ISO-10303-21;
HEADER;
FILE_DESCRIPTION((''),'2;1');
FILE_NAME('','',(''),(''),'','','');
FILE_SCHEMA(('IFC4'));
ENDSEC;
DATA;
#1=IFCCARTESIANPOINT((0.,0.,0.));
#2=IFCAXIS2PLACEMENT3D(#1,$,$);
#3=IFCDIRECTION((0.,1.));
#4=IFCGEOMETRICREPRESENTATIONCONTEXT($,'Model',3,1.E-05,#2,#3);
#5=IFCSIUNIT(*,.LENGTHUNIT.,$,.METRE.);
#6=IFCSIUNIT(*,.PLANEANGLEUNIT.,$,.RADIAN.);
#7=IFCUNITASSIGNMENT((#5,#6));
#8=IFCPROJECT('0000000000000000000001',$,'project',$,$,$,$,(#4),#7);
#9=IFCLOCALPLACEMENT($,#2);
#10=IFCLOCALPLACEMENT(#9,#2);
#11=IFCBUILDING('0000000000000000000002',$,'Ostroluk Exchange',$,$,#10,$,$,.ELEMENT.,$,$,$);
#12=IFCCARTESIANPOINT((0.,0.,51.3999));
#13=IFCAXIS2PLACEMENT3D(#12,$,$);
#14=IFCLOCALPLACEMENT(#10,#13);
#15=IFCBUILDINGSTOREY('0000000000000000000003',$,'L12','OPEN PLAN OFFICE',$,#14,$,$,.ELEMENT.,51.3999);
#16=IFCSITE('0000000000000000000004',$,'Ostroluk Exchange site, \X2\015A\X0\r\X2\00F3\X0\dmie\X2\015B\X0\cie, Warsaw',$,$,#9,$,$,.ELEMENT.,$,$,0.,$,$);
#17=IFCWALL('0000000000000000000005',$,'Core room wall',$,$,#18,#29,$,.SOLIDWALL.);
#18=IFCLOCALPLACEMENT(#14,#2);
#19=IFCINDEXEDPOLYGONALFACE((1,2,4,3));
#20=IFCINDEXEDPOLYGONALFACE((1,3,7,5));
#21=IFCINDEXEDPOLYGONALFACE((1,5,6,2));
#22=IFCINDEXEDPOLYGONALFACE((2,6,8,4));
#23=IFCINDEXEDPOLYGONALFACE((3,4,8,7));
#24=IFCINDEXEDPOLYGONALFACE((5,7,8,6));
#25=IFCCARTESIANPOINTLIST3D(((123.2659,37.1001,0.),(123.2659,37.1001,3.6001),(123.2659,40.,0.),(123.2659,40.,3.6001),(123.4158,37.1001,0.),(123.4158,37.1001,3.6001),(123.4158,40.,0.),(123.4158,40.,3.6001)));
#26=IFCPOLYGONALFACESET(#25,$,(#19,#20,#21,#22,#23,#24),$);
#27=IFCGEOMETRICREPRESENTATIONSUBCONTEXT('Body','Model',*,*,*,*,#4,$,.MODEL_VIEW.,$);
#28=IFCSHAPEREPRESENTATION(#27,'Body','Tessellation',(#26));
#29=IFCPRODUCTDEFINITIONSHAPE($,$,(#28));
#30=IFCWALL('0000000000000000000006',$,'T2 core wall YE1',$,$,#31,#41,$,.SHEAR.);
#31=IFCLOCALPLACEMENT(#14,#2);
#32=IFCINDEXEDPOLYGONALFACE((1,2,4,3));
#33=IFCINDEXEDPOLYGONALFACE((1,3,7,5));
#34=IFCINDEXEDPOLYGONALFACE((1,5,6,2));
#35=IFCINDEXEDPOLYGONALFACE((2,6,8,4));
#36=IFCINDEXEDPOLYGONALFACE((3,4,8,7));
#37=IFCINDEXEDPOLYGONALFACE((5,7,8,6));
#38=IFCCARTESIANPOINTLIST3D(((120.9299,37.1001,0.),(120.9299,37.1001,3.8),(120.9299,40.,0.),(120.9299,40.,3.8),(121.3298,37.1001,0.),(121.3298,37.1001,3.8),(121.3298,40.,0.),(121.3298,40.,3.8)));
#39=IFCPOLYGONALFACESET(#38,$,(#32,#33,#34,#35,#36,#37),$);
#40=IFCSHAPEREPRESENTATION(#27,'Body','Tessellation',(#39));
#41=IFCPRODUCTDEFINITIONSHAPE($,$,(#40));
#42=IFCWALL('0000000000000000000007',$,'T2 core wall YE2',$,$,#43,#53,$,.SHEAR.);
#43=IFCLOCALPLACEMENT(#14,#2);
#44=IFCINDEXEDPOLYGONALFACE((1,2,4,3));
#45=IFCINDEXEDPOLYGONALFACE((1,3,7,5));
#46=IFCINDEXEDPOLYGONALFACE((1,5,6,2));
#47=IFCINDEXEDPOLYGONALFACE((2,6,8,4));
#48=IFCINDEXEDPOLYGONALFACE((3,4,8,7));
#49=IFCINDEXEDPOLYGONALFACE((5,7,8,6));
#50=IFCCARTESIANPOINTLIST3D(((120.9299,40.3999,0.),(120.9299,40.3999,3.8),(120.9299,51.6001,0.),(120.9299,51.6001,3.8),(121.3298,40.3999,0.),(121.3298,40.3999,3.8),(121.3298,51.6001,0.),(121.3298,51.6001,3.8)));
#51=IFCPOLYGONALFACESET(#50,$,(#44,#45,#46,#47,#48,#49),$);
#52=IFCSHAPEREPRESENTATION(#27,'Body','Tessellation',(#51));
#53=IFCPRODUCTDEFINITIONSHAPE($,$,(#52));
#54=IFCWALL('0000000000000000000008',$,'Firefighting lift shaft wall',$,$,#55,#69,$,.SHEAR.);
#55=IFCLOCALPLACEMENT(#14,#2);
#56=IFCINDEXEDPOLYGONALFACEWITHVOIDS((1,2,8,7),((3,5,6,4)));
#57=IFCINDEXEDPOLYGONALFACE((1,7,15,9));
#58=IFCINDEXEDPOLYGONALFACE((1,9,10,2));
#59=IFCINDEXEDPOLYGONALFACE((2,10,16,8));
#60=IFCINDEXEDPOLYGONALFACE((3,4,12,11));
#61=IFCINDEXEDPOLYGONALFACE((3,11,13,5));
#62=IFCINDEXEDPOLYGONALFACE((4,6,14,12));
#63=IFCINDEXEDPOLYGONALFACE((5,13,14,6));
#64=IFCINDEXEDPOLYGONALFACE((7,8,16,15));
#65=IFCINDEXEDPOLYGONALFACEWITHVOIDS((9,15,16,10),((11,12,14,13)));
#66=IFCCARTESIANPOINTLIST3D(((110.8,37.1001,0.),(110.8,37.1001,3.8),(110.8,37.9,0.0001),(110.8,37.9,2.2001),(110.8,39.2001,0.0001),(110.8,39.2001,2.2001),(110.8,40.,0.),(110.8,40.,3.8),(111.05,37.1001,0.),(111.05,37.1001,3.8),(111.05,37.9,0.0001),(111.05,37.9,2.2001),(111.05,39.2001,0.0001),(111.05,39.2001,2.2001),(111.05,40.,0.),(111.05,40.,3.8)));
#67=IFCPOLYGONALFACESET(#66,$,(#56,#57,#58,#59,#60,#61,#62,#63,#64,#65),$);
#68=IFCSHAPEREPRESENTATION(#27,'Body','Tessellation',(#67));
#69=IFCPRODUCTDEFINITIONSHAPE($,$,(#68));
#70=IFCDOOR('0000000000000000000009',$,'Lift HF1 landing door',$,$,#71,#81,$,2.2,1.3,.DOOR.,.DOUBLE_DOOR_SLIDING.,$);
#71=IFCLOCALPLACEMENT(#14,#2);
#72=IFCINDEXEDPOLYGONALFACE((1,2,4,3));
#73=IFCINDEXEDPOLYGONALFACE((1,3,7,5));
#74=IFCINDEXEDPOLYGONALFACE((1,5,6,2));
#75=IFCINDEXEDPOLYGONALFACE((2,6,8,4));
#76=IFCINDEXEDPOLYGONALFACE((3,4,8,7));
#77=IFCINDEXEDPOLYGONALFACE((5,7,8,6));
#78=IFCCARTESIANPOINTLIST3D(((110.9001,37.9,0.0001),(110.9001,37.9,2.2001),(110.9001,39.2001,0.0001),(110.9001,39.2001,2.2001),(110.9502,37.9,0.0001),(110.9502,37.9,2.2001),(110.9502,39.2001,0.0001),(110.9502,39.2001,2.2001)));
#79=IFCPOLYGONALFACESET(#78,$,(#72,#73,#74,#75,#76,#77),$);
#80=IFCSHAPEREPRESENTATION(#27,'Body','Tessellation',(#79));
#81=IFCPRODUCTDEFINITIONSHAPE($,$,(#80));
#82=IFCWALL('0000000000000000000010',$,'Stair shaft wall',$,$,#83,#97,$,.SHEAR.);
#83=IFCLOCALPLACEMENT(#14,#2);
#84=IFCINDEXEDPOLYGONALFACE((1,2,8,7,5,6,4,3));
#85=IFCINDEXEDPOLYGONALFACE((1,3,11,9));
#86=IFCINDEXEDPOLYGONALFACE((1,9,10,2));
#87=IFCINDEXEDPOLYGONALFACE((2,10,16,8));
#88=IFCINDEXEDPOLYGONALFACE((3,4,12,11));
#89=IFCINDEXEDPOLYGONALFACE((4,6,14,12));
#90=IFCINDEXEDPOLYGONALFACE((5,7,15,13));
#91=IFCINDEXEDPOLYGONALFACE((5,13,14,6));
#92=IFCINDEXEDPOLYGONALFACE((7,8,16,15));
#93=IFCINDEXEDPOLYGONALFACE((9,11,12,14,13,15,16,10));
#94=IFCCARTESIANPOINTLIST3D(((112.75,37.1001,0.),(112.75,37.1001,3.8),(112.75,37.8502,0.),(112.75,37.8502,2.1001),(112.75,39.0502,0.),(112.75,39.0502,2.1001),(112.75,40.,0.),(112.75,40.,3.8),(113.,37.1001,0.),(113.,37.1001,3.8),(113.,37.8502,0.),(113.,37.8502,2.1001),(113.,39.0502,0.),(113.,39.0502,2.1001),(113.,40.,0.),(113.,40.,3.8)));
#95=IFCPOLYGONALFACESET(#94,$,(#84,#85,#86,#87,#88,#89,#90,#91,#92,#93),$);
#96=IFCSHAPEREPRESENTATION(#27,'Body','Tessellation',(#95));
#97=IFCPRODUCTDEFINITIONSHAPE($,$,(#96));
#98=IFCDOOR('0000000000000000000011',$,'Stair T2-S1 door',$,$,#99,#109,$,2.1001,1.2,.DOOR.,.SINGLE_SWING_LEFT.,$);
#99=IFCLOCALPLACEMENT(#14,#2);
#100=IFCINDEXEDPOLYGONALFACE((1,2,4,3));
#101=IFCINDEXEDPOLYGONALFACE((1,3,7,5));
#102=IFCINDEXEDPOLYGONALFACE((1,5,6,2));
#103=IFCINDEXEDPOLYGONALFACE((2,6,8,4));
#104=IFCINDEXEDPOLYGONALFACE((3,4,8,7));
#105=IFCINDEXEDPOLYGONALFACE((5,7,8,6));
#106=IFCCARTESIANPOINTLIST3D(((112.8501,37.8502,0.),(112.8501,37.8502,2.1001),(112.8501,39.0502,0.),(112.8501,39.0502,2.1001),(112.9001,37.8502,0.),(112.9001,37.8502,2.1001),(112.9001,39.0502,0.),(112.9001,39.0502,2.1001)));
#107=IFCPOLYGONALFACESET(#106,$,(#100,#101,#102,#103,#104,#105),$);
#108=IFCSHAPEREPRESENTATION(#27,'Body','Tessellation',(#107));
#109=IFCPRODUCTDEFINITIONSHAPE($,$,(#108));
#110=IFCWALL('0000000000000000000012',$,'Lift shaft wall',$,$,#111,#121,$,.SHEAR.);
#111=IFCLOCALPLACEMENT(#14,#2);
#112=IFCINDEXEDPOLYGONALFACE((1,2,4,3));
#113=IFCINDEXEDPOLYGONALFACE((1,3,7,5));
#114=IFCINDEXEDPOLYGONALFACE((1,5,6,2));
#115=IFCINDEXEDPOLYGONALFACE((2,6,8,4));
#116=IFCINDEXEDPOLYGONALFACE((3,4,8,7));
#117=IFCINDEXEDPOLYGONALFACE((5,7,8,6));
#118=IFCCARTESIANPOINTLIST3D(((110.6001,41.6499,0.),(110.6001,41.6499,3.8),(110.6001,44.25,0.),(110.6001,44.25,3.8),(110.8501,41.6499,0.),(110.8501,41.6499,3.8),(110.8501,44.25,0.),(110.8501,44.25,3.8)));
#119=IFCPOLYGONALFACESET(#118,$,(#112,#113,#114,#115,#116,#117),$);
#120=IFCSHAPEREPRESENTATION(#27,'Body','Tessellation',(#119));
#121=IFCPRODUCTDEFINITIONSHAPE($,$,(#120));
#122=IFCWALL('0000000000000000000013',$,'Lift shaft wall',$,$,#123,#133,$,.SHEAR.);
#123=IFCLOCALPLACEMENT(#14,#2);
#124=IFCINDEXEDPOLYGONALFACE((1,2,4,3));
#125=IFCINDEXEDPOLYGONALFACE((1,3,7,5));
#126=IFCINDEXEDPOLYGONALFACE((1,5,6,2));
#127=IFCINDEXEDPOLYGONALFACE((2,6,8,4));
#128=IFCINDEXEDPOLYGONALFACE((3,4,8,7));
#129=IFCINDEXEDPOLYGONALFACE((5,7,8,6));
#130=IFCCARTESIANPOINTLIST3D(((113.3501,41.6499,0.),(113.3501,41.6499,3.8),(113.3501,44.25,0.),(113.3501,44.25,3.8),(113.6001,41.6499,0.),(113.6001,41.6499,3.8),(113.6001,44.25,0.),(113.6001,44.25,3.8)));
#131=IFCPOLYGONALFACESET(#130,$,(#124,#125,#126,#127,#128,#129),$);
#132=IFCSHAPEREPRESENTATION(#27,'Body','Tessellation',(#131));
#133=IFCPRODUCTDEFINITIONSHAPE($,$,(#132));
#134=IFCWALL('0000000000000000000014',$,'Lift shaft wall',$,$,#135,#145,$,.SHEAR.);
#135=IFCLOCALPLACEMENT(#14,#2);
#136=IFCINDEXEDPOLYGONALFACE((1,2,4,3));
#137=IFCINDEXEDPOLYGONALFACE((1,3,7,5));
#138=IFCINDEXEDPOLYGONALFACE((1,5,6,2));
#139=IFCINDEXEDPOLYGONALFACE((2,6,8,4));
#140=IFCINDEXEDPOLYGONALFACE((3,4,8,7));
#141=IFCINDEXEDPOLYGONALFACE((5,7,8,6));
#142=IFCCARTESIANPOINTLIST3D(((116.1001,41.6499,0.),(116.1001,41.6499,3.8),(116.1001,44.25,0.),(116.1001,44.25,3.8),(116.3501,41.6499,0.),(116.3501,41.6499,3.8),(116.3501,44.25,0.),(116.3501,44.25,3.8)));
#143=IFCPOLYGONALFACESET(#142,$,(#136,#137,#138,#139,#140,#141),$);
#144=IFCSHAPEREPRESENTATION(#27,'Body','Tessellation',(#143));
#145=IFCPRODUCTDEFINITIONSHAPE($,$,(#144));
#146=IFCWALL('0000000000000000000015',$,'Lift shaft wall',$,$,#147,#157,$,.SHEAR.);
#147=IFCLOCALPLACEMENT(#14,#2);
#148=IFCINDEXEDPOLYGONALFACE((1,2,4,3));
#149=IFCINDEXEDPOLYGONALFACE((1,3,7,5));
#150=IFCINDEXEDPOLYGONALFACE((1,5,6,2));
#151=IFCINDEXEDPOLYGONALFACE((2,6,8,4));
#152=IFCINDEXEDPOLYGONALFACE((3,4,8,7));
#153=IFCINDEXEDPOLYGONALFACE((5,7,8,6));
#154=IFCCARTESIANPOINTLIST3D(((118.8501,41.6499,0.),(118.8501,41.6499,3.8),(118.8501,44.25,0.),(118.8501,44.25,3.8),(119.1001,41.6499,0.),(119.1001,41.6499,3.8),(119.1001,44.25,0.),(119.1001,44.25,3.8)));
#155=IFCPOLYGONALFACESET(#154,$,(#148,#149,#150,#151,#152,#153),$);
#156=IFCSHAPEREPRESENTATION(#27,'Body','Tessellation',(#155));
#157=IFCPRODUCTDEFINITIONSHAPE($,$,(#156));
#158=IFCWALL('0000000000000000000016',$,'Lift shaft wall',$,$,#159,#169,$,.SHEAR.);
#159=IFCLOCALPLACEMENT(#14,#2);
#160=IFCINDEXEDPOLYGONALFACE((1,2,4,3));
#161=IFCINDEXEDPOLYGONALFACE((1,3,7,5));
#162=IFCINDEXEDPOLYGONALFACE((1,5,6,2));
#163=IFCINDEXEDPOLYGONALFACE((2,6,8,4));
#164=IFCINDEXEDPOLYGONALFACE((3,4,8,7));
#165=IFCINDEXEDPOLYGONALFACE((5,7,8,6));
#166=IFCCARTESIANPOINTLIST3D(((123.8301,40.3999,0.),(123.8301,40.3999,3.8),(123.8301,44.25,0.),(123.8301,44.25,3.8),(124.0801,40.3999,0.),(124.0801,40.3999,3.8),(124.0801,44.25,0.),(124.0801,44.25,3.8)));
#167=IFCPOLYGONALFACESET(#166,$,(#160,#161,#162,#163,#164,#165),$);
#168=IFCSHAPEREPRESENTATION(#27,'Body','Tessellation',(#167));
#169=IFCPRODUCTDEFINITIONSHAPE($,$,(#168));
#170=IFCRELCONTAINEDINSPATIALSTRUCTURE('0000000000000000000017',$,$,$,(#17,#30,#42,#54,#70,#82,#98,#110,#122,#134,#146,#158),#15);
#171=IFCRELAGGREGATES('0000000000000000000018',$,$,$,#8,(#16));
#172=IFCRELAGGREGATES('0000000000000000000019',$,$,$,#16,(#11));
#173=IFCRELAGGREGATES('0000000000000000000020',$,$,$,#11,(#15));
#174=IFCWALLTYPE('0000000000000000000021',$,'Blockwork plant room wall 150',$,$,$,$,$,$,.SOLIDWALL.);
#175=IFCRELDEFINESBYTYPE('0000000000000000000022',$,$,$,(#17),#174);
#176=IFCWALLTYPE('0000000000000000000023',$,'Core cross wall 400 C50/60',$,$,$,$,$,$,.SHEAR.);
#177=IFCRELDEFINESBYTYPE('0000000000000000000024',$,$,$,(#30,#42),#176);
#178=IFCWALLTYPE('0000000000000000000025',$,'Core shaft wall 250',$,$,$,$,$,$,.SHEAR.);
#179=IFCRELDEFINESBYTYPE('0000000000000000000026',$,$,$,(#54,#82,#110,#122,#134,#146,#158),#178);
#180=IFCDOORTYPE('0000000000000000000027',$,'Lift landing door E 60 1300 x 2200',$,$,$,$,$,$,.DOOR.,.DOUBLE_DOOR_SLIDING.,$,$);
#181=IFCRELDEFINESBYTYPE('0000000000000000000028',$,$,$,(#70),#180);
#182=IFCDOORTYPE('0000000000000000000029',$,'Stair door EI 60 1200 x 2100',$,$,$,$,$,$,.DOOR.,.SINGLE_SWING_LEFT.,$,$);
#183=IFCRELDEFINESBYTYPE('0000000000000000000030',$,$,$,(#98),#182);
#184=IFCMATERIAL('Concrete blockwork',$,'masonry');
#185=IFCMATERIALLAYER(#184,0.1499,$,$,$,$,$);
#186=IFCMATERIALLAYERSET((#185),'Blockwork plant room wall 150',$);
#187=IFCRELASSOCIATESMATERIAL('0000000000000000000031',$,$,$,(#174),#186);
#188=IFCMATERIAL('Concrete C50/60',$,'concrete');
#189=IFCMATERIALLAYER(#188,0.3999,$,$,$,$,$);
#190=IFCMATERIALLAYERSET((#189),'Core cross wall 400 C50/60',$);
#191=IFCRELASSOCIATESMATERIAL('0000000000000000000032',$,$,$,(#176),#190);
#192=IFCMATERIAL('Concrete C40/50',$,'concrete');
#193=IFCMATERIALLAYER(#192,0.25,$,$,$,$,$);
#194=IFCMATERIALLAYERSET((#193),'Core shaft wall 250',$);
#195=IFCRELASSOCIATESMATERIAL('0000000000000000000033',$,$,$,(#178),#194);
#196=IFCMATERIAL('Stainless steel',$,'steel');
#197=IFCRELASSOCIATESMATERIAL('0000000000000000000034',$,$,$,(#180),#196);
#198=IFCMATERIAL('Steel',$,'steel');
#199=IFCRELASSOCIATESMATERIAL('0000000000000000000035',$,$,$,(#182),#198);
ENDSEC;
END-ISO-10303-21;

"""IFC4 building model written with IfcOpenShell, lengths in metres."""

from ifc_helpers import new_model, si_unit, direction, frame, frame_2d, origin, place, context, subcontext, project, spatial, rectangle, extrude, material, layer, layer_set, type_object, element, fill, save


model = new_model("IFC4")

# Units and contexts
model_context = context("Model", 3, precision=1e-05, world=origin(), true_north=direction((0.0, 1.0)))
body_context = subcontext(model_context, "Body", "Model", "MODEL_VIEW")
ifc_project = project(units=[si_unit("LENGTHUNIT", "METRE"), si_unit("PLANEANGLEUNIT", "RADIAN")], contexts=[model_context])

# Site, building, storey
site_placement = place(None, origin())
site = spatial("IfcSite", under=ifc_project, at=site_placement, Name="Ostroluk Exchange site, Śródmieście, Warsaw", CompositionType="ELEMENT", RefElevation=0.0)
building_placement = place(site_placement, origin())
building = spatial("IfcBuilding", under=site, at=building_placement, Name="Ostroluk Exchange", CompositionType="ELEMENT")
storey_placement = place(building_placement, frame((0.0, 0.0, 51.3999)))
storey = spatial("IfcBuildingStorey", under=building, at=storey_placement, Name="L12", Description="OPEN PLAN OFFICE", CompositionType="ELEMENT", Elevation=51.3999)

# Walls
ifc_material_1 = material(Name="Concrete blockwork", Category="masonry")
ifc_layer_1 = layer(ifc_material_1, 0.1499)
ifc_layer_set_1 = layer_set([ifc_layer_1], Name="Blockwork plant room wall 150")
wall_type_1 = type_object("IfcWallType", Name="Blockwork plant room wall 150", PredefinedType="SOLIDWALL", material=ifc_layer_set_1)
wall_1_placement = place(storey_placement, frame((123.3408, 37.1001, 0.0), z_axis=(0.0, 0.0, 1.0), x_axis=(0.0, 1.0, 0.0)))
element("IfcWall", 1, at=wall_1_placement, inside=storey, type_object=wall_type_1, Name="Core room wall", PredefinedType="SOLIDWALL", context=body_context, shape_type="SweptSolid", body=[
    extrude(rectangle(XDim=2.8999, YDim=0.1499, at=frame_2d((1.45, 0.0))), origin(), (0.0, 0.0, 1.0), 3.6001),
])
ifc_material_2 = material(Name="Concrete C50/60", Category="concrete")
ifc_layer_2 = layer(ifc_material_2, 0.3999)
ifc_layer_set_2 = layer_set([ifc_layer_2], Name="Core cross wall 400 C50/60")
wall_type_2 = type_object("IfcWallType", Name="Core cross wall 400 C50/60", PredefinedType="SHEAR", material=ifc_layer_set_2)
wall_2_placement = place(storey_placement, frame((121.1299, 37.1001, 0.0), z_axis=(0.0, 0.0, 1.0), x_axis=(0.0, 1.0, 0.0)))
element("IfcWall", 2, at=wall_2_placement, inside=storey, type_object=wall_type_2, Name="T2 core wall YE1", PredefinedType="SHEAR", context=body_context, shape_type="SweptSolid", body=[
    extrude(rectangle(XDim=2.8999, YDim=0.3999, at=frame_2d((1.45, 0.0))), origin(), (0.0, 0.0, 1.0), 3.8),
])
wall_3_placement = place(storey_placement, frame((121.1299, 40.3999, 0.0), z_axis=(0.0, 0.0, 1.0), x_axis=(0.0, 1.0, 0.0)))
element("IfcWall", 3, at=wall_3_placement, inside=storey, type_object=wall_type_2, Name="T2 core wall YE2", PredefinedType="SHEAR", context=body_context, shape_type="SweptSolid", body=[
    extrude(rectangle(XDim=11.2002, YDim=0.3999, at=frame_2d((5.6001, 0.0))), origin(), (0.0, 0.0, 1.0), 3.8),
])

# Walls, openings, doors
ifc_material_3 = material(Name="Concrete C40/50", Category="concrete")
ifc_layer_3 = layer(ifc_material_3, 0.25)
ifc_layer_set_3 = layer_set([ifc_layer_3], Name="Core shaft wall 250")
wall_type_3 = type_object("IfcWallType", Name="Core shaft wall 250", PredefinedType="SHEAR", material=ifc_layer_set_3)
wall_4_placement = place(storey_placement, frame((110.925, 37.1001, 0.0), z_axis=(0.0, 0.0, 1.0), x_axis=(0.0, 1.0, 0.0)))
wall_4 = element("IfcWall", 4, at=wall_4_placement, inside=storey, type_object=wall_type_3, Name="Firefighting lift shaft wall", PredefinedType="SHEAR", context=body_context, shape_type="SweptSolid", body=[
    extrude(rectangle(XDim=2.8999, YDim=0.25, at=frame_2d((1.45, 0.0))), origin(), (0.0, 0.0, 1.0), 3.8),
])
opening_1_placement = place(wall_4_placement, frame((0.8, 0.0, 0.0)))
opening_1 = element("IfcOpeningElement", 5, at=opening_1_placement, cuts=wall_4, PredefinedType="OPENING", context=body_context, shape_type="SweptSolid", body=[
    extrude(rectangle(XDim=1.3, YDim=2.2, at=frame_2d((0.6499, 1.1001))), frame((0.0, 0.135, 0.0), z_axis=(0.0, -1.0, 0.0), x_axis=(1.0, 0.0, 0.0)), (0.0, 0.0, 1.0), 0.27),
])
ifc_material_4 = material(Name="Stainless steel", Category="steel")
door_type_1 = type_object("IfcDoorType", Name="Lift landing door E 60 1300 x 2200", OperationType="DOUBLE_DOOR_SLIDING", PredefinedType="DOOR", material=ifc_material_4)
door_1_placement = place(opening_1_placement, origin())
door_1 = element("IfcDoor", 6, at=door_1_placement, inside=storey, type_object=door_type_1, Name="Lift HF1 landing door", OperationType="DOUBLE_DOOR_SLIDING", OverallHeight=2.2, OverallWidth=1.3, PredefinedType="DOOR", context=body_context, shape_type="SweptSolid", body=[
    extrude(rectangle(XDim=1.3, YDim=2.2, at=frame_2d((0.6499, 1.1001))), frame((0.0, 0.0249, 0.0), z_axis=(0.0, -1.0, 0.0), x_axis=(1.0, 0.0, 0.0)), (0.0, 0.0, 1.0), 0.05),
])
fill(opening_1, door_1)
wall_5_placement = place(storey_placement, frame((112.875, 37.1001, 0.0), z_axis=(0.0, 0.0, 1.0), x_axis=(0.0, 1.0, 0.0)))
wall_5 = element("IfcWall", 7, at=wall_5_placement, inside=storey, type_object=wall_type_3, Name="Stair shaft wall", PredefinedType="SHEAR", context=body_context, shape_type="SweptSolid", body=[
    extrude(rectangle(XDim=2.8999, YDim=0.25, at=frame_2d((1.45, 0.0))), origin(), (0.0, 0.0, 1.0), 3.8),
])
opening_2_placement = place(wall_5_placement, frame((0.75, 0.0, 0.0)))
opening_2 = element("IfcOpeningElement", 8, at=opening_2_placement, cuts=wall_5, PredefinedType="OPENING", context=body_context, shape_type="SweptSolid", body=[
    extrude(rectangle(XDim=1.2, YDim=2.1001, at=frame_2d((0.6001, 1.05))), frame((0.0, 0.135, 0.0), z_axis=(0.0, -1.0, 0.0), x_axis=(1.0, 0.0, 0.0)), (0.0, 0.0, 1.0), 0.27),
])
ifc_material_5 = material(Name="Steel", Category="steel")
door_type_2 = type_object("IfcDoorType", Name="Stair door EI 60 1200 x 2100", OperationType="SINGLE_SWING_LEFT", PredefinedType="DOOR", material=ifc_material_5)
door_2_placement = place(opening_2_placement, origin())
door_2 = element("IfcDoor", 9, at=door_2_placement, inside=storey, type_object=door_type_2, Name="Stair T2-S1 door", OperationType="SINGLE_SWING_LEFT", OverallHeight=2.1001, OverallWidth=1.2, PredefinedType="DOOR", context=body_context, shape_type="SweptSolid", body=[
    extrude(rectangle(XDim=1.2, YDim=2.1001, at=frame_2d((0.6001, 1.05))), frame((0.0, 0.0249, 0.0), z_axis=(0.0, -1.0, 0.0), x_axis=(1.0, 0.0, 0.0)), (0.0, 0.0, 1.0), 0.05),
])
fill(opening_2, door_2)

# Walls
for number, where, z_axis, x_axis, name in (
    (10, (110.7251, 44.25, 0.0), (0.0, 0.0, 1.0), (0.0, -1.0, 0.0), "Lift shaft wall"),
    (11, (113.4751, 44.25, 0.0), (0.0, 0.0, 1.0), (0.0, -1.0, 0.0), "Lift shaft wall"),
    (12, (116.2251, 44.25, 0.0), (0.0, 0.0, 1.0), (0.0, -1.0, 0.0), "Lift shaft wall"),
    (13, (118.9751, 44.25, 0.0), (0.0, 0.0, 1.0), (0.0, -1.0, 0.0), "Lift shaft wall"),
):
    element("IfcWall", number, at=place(storey_placement, frame(where, z_axis=z_axis, x_axis=x_axis)), inside=storey, type_object=wall_type_3, Name=name, PredefinedType="SHEAR", context=body_context, shape_type="SweptSolid", body=[
        extrude(rectangle(XDim=2.6001, YDim=0.25, at=frame_2d((1.3, 0.0))), origin(), (0.0, 0.0, 1.0), 3.8),
    ])
wall_6_placement = place(storey_placement, frame((123.9551, 44.25, 0.0), z_axis=(0.0, 0.0, 1.0), x_axis=(0.0, -1.0, 0.0)))
element("IfcWall", 14, at=wall_6_placement, inside=storey, type_object=wall_type_3, Name="Lift shaft wall", PredefinedType="SHEAR", context=body_context, shape_type="SweptSolid", body=[
    extrude(rectangle(XDim=3.8501, YDim=0.25, at=frame_2d((1.925, 0.0))), origin(), (0.0, 0.0, 1.0), 3.8),
])

save(model, "model.ifc")
